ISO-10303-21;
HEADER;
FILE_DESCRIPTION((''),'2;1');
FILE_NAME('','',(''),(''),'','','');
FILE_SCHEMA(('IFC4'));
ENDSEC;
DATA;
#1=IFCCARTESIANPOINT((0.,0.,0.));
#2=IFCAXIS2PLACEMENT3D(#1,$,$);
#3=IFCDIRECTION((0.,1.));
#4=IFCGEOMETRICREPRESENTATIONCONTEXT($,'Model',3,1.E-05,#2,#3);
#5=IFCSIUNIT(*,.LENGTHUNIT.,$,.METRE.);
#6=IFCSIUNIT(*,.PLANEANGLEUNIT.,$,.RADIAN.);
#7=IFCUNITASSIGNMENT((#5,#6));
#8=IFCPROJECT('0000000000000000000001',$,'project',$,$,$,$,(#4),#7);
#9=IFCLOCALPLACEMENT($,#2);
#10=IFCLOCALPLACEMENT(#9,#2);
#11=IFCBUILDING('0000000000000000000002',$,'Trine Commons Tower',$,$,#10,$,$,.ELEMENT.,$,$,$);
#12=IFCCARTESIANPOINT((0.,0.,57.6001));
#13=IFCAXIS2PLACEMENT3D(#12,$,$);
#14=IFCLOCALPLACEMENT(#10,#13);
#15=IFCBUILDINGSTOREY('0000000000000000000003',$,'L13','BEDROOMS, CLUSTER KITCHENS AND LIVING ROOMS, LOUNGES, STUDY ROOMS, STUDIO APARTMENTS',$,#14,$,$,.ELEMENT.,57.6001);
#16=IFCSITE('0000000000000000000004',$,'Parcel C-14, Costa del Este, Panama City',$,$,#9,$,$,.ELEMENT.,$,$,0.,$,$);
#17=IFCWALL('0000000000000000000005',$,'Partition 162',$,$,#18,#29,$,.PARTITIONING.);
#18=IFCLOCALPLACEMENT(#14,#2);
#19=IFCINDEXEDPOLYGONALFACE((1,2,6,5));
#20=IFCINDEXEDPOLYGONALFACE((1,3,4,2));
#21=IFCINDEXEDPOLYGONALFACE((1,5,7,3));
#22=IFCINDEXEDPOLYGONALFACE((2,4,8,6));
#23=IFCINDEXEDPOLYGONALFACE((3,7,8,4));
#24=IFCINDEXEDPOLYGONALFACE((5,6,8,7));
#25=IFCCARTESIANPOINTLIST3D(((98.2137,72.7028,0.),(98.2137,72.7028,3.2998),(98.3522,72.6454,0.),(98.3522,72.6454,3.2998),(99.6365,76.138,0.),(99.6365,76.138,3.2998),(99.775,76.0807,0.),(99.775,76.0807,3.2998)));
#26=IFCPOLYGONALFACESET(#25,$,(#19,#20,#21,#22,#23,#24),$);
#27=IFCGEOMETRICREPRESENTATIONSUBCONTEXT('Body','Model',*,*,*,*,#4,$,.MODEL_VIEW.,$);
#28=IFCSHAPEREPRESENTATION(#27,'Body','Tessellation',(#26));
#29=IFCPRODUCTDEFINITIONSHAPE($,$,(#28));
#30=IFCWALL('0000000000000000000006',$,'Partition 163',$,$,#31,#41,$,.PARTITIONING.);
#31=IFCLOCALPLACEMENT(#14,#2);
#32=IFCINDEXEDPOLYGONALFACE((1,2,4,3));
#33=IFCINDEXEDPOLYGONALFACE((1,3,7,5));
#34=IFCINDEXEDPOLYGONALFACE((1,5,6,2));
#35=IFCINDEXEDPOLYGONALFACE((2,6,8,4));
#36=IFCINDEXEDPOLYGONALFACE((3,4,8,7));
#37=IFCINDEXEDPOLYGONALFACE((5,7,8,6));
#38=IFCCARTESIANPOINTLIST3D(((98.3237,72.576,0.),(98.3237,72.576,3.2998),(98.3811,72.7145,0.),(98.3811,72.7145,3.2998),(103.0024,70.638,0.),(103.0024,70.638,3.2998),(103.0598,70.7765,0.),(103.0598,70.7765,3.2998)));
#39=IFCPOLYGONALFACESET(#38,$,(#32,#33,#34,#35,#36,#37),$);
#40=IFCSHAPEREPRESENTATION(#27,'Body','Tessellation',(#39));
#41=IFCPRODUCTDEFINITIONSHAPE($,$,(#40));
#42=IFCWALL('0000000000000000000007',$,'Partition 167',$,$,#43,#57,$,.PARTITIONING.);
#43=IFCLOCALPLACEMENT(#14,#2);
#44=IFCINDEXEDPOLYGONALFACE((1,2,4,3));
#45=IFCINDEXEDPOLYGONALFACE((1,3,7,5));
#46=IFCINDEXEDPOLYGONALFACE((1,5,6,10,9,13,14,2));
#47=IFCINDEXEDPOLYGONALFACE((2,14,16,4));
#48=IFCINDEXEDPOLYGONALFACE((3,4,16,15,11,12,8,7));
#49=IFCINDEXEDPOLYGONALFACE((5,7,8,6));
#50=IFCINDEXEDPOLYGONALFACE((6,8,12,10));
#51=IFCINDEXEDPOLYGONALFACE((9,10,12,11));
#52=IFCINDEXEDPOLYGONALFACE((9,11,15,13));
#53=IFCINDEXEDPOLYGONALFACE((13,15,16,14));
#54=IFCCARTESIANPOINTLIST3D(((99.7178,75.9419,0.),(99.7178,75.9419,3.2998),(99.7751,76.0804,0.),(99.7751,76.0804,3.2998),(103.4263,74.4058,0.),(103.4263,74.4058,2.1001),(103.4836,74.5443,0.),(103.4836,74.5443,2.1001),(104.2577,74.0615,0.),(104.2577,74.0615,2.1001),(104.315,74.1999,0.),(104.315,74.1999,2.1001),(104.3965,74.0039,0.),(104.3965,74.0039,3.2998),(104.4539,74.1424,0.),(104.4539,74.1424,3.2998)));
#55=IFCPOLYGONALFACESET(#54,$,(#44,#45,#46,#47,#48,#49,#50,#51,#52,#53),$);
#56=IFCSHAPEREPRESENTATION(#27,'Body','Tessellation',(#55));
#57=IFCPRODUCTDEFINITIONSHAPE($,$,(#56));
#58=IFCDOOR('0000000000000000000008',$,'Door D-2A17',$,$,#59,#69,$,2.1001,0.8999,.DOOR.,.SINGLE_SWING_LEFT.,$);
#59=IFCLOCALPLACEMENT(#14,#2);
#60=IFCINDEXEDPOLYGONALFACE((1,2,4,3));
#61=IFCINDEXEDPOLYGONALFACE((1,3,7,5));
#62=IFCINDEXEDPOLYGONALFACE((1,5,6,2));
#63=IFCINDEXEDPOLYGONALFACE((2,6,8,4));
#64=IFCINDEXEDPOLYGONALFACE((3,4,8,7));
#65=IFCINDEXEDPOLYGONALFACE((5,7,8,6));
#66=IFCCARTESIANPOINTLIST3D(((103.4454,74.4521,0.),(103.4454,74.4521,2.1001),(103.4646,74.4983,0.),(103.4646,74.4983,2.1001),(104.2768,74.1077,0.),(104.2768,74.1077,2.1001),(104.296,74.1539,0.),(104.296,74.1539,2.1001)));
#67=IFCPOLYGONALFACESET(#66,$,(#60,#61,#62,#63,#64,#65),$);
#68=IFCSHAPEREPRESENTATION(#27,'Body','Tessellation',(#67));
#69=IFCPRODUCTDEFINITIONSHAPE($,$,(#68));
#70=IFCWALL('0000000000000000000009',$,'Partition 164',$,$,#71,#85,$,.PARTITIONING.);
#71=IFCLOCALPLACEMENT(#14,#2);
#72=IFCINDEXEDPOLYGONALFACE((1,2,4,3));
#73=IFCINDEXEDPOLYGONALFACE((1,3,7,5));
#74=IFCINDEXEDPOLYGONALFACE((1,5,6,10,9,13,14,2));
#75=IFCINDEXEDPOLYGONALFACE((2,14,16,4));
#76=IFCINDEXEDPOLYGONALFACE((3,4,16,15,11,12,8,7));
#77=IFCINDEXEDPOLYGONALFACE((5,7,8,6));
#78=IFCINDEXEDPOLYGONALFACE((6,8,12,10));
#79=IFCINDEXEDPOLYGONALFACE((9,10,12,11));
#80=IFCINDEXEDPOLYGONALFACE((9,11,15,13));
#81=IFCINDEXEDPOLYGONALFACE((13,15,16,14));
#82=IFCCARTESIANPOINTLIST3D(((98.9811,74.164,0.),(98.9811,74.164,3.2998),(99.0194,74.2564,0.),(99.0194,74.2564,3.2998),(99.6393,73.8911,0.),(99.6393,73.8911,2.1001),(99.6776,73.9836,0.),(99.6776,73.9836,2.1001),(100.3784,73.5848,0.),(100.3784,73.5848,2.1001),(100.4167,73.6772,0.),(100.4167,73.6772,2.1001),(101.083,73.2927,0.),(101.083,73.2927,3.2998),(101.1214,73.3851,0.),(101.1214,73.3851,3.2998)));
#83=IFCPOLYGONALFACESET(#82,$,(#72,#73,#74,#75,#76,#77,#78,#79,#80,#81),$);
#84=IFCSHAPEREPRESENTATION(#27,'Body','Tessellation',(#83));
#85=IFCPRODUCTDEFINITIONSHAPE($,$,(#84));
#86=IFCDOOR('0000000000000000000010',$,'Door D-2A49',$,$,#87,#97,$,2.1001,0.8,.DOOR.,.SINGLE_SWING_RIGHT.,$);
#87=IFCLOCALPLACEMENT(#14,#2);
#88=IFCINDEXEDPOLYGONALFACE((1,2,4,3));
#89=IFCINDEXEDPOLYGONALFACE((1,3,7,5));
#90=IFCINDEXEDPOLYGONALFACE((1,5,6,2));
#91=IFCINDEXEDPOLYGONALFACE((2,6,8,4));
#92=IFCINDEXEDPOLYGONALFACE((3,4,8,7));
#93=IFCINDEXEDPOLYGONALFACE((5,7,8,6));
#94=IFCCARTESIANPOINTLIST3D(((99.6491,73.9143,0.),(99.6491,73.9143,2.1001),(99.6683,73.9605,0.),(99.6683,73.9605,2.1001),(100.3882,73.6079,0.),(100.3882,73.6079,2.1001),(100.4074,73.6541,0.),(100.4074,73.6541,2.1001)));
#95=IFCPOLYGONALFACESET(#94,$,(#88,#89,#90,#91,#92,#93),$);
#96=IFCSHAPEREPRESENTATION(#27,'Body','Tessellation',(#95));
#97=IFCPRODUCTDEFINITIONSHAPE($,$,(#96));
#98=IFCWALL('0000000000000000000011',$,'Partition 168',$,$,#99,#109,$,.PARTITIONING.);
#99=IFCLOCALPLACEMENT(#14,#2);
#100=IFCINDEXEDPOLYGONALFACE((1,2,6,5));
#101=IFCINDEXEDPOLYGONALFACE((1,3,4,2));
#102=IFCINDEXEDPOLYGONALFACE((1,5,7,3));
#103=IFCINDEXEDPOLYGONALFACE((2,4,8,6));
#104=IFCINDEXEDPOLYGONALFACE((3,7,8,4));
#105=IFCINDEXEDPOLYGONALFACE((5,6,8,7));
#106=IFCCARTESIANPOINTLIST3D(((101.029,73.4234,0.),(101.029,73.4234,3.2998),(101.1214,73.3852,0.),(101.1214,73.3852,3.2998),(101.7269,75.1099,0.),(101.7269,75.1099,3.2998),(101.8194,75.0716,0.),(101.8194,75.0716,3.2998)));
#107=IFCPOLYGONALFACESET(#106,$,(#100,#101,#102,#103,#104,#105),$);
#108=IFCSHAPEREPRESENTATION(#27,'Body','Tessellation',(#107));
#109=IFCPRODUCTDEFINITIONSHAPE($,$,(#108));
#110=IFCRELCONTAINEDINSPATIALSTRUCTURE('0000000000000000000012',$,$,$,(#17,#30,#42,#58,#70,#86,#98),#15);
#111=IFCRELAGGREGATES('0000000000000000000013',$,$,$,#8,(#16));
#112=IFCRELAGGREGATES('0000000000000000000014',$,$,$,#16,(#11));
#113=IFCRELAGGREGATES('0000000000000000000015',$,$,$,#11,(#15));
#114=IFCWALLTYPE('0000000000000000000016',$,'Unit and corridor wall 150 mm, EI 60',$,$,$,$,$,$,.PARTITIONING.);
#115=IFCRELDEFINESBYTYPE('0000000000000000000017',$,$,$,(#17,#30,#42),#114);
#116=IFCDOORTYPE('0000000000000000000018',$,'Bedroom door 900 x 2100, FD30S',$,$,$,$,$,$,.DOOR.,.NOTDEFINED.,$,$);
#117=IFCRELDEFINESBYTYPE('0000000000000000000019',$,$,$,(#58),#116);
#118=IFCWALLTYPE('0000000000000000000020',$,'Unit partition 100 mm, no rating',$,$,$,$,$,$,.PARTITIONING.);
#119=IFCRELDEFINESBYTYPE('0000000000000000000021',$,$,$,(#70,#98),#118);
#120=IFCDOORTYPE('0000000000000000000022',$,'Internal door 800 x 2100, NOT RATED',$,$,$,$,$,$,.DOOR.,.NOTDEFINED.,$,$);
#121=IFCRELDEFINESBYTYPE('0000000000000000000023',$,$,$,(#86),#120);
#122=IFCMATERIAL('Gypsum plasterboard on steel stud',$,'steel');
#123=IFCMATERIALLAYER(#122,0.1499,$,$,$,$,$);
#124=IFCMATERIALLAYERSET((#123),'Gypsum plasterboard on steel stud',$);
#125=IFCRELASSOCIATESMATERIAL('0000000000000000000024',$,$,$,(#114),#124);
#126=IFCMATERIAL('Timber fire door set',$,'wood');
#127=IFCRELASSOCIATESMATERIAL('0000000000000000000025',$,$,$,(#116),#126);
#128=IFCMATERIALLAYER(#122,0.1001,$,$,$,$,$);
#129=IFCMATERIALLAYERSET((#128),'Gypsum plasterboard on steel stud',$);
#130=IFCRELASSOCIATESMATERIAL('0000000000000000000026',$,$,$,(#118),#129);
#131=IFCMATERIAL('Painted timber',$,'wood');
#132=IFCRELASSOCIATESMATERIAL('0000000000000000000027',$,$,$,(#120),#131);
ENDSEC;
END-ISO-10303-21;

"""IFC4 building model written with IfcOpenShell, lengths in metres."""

from ifc_helpers import new_model, si_unit, direction, frame, frame_2d, origin, place, context, subcontext, project, spatial, rectangle, extrude, material, layer, layer_set, type_object, element, fill, save


model = new_model("IFC4")

# Units and contexts
model_context = context("Model", 3, precision=1e-05, world=origin(), true_north=direction((0.0, 1.0)))
body_context = subcontext(model_context, "Body", "Model", "MODEL_VIEW")
ifc_project = project(units=[si_unit("LENGTHUNIT", "METRE"), si_unit("PLANEANGLEUNIT", "RADIAN")], contexts=[model_context])

# Site, building, storey
site_placement = place(None, origin())
site = spatial("IfcSite", under=ifc_project, at=site_placement, Name="Parcel C-14, Costa del Este, Panama City", CompositionType="ELEMENT", RefElevation=0.0)
building_placement = place(site_placement, origin())
building = spatial("IfcBuilding", under=site, at=building_placement, Name="Trine Commons Tower", CompositionType="ELEMENT")
storey_placement = place(building_placement, frame((0.0, 0.0, 57.6001)))
storey = spatial("IfcBuildingStorey", under=building, at=storey_placement, Name="L13", Description="BEDROOMS, CLUSTER KITCHENS AND LIVING ROOMS, LOUNGES, STUDY ROOMS, STUDIO APARTMENTS", CompositionType="ELEMENT", Elevation=57.6001)

# Shared definitions
ifc_material_1 = material(Name="Gypsum plasterboard on steel stud", Category="steel")
ifc_layer_1 = layer(ifc_material_1, 0.1499)
ifc_layer_set_1 = layer_set([ifc_layer_1], Name="Gypsum plasterboard on steel stud")
wall_type_1 = type_object("IfcWallType", Name="Unit and corridor wall 150 mm, EI 60", PredefinedType="PARTITIONING", material=ifc_layer_set_1)

# Shared definitions
ifc_material_2 = material(Name="Timber fire door set", Category="wood")
door_type_1 = type_object("IfcDoorType", Name="Bedroom door 900 x 2100, FD30S", OperationType="NOTDEFINED", PredefinedType="DOOR", material=ifc_material_2)

# Walls
wall_1_placement = place(storey_placement, frame((98.283, 72.6741, 0.0), z_axis=(0.0, 0.0, 1.0), x_axis=(0.382661, 0.923889, 0.0)))
element("IfcWall", 1, at=wall_1_placement, inside=storey, type_object=wall_type_1, Name="Partition 162", PredefinedType="PARTITIONING", context=body_context, shape_type="SweptSolid", body=[
    extrude(rectangle(XDim=3.7183, YDim=0.1499, at=frame_2d((1.8591, 0.0))), origin(), (0.0, 0.0, 1.0), 3.2998),
])
wall_2_placement = place(storey_placement, frame((98.3523, 72.6453, 0.0), z_axis=(0.0, 0.0, 1.0), x_axis=(0.923879, -0.382684, 0.0)))
element("IfcWall", 2, at=wall_2_placement, inside=storey, type_object=wall_type_1, Name="Partition 163", PredefinedType="PARTITIONING", context=body_context, shape_type="SweptSolid", body=[
    extrude(rectangle(XDim=5.0642, YDim=0.1499, at=frame_2d((2.5322, 0.0))), origin(), (0.0, 0.0, 1.0), 3.2998),
])

# Walls, openings, doors
wall_3_placement = place(storey_placement, frame((99.7463, 76.0112, 0.0), z_axis=(0.0, 0.0, 1.0), x_axis=(0.923879, -0.382684, 0.0)))
wall_3 = element("IfcWall", 3, at=wall_3_placement, inside=storey, type_object=wall_type_1, Name="Partition 167", PredefinedType="PARTITIONING", context=body_context, shape_type="SweptSolid", body=[
    extrude(rectangle(XDim=5.0642, YDim=0.1499, at=frame_2d((2.5322, 0.0))), origin(), (0.0, 0.0, 1.0), 3.2998),
])
opening_1_placement = place(wall_3_placement, frame((4.0142, 0.0, 0.0)))
opening_1 = element("IfcOpeningElement", 4, at=opening_1_placement, cuts=wall_3, PredefinedType="OPENING", context=body_context, shape_type="SweptSolid", body=[
    extrude(rectangle(XDim=0.8999, YDim=2.1001, at=frame_2d((0.45, 1.05))), frame((0.0, 0.085, 0.0), z_axis=(0.0, -1.0, 0.0), x_axis=(1.0, 0.0, 0.0)), (0.0, 0.0, 1.0), 0.1699),
])
door_1_placement = place(opening_1_placement, frame((0.8999, 0.0, 0.0), z_axis=(0.0, 0.0, 1.0), x_axis=(-1.0, 0.0, 0.0)))
door_1 = element("IfcDoor", 5, at=door_1_placement, inside=storey, type_object=door_type_1, Name="Door D-2A17", OperationType="SINGLE_SWING_LEFT", OverallHeight=2.1001, OverallWidth=0.8999, PredefinedType="DOOR", context=body_context, shape_type="SweptSolid", body=[
    extrude(rectangle(XDim=0.8999, YDim=2.1001, at=frame_2d((0.45, 1.05))), frame((0.0, 0.0249, 0.0), z_axis=(0.0, -1.0, 0.0), x_axis=(1.0, 0.0, 0.0)), (0.0, 0.0, 1.0), 0.05),
])
fill(opening_1, door_1)
ifc_layer_2 = layer(ifc_material_1, 0.1001)
ifc_layer_set_2 = layer_set([ifc_layer_2], Name="Gypsum plasterboard on steel stud")
wall_type_2 = type_object("IfcWallType", Name="Unit partition 100 mm, no rating", PredefinedType="PARTITIONING", material=ifc_layer_set_2)
wall_4_placement = place(storey_placement, frame((99.0002, 74.2102, 0.0), z_axis=(0.0, 0.0, 1.0), x_axis=(0.92378, -0.382923, 0.0)))
wall_4 = element("IfcWall", 6, at=wall_4_placement, inside=storey, type_object=wall_type_2, Name="Partition 164", PredefinedType="PARTITIONING", context=body_context, shape_type="SweptSolid", body=[
    extrude(rectangle(XDim=2.2754, YDim=0.1001, at=frame_2d((1.1377, 0.0))), origin(), (0.0, 0.0, 1.0), 3.2998),
])
opening_2_placement = place(wall_4_placement, frame((0.7126, 0.0, 0.0)))
opening_2 = element("IfcOpeningElement", 7, at=opening_2_placement, cuts=wall_4, PredefinedType="OPENING", context=body_context, shape_type="SweptSolid", body=[
    extrude(rectangle(XDim=0.8, YDim=2.1001, at=frame_2d((0.3999, 1.05))), frame((0.0, 0.0601, 0.0), z_axis=(0.0, -1.0, 0.0), x_axis=(1.0, 0.0, 0.0)), (0.0, 0.0, 1.0), 0.1201),
])
ifc_material_3 = material(Name="Painted timber", Category="wood")
door_type_2 = type_object("IfcDoorType", Name="Internal door 800 x 2100, NOT RATED", OperationType="NOTDEFINED", PredefinedType="DOOR", material=ifc_material_3)
door_2_placement = place(opening_2_placement, frame((0.8, 0.0, 0.0), z_axis=(0.0, 0.0, 1.0), x_axis=(-1.0, 0.0, 0.0)))
door_2 = element("IfcDoor", 8, at=door_2_placement, inside=storey, type_object=door_type_2, Name="Door D-2A49", OperationType="SINGLE_SWING_RIGHT", OverallHeight=2.1001, OverallWidth=0.8, PredefinedType="DOOR", context=body_context, shape_type="SweptSolid", body=[
    extrude(rectangle(XDim=0.8, YDim=2.1001, at=frame_2d((0.3999, 1.05))), frame((0.0, 0.0249, 0.0), z_axis=(0.0, -1.0, 0.0), x_axis=(1.0, 0.0, 0.0)), (0.0, 0.0, 1.0), 0.05),
])
fill(opening_2, door_2)

# Wall
wall_5_placement = place(storey_placement, frame((101.0752, 73.4043, 0.0), z_axis=(0.0, 0.0, 1.0), x_axis=(0.382411, 0.923992, 0.0)))
element("IfcWall", 9, at=wall_5_placement, inside=storey, type_object=wall_type_2, Name="Partition 168", PredefinedType="PARTITIONING", context=body_context, shape_type="SweptSolid", body=[
    extrude(rectangle(XDim=1.8252, YDim=0.1001, at=frame_2d((0.9126, 0.0))), origin(), (0.0, 0.0, 1.0), 3.2998),
])

save(model, "model.ifc")
